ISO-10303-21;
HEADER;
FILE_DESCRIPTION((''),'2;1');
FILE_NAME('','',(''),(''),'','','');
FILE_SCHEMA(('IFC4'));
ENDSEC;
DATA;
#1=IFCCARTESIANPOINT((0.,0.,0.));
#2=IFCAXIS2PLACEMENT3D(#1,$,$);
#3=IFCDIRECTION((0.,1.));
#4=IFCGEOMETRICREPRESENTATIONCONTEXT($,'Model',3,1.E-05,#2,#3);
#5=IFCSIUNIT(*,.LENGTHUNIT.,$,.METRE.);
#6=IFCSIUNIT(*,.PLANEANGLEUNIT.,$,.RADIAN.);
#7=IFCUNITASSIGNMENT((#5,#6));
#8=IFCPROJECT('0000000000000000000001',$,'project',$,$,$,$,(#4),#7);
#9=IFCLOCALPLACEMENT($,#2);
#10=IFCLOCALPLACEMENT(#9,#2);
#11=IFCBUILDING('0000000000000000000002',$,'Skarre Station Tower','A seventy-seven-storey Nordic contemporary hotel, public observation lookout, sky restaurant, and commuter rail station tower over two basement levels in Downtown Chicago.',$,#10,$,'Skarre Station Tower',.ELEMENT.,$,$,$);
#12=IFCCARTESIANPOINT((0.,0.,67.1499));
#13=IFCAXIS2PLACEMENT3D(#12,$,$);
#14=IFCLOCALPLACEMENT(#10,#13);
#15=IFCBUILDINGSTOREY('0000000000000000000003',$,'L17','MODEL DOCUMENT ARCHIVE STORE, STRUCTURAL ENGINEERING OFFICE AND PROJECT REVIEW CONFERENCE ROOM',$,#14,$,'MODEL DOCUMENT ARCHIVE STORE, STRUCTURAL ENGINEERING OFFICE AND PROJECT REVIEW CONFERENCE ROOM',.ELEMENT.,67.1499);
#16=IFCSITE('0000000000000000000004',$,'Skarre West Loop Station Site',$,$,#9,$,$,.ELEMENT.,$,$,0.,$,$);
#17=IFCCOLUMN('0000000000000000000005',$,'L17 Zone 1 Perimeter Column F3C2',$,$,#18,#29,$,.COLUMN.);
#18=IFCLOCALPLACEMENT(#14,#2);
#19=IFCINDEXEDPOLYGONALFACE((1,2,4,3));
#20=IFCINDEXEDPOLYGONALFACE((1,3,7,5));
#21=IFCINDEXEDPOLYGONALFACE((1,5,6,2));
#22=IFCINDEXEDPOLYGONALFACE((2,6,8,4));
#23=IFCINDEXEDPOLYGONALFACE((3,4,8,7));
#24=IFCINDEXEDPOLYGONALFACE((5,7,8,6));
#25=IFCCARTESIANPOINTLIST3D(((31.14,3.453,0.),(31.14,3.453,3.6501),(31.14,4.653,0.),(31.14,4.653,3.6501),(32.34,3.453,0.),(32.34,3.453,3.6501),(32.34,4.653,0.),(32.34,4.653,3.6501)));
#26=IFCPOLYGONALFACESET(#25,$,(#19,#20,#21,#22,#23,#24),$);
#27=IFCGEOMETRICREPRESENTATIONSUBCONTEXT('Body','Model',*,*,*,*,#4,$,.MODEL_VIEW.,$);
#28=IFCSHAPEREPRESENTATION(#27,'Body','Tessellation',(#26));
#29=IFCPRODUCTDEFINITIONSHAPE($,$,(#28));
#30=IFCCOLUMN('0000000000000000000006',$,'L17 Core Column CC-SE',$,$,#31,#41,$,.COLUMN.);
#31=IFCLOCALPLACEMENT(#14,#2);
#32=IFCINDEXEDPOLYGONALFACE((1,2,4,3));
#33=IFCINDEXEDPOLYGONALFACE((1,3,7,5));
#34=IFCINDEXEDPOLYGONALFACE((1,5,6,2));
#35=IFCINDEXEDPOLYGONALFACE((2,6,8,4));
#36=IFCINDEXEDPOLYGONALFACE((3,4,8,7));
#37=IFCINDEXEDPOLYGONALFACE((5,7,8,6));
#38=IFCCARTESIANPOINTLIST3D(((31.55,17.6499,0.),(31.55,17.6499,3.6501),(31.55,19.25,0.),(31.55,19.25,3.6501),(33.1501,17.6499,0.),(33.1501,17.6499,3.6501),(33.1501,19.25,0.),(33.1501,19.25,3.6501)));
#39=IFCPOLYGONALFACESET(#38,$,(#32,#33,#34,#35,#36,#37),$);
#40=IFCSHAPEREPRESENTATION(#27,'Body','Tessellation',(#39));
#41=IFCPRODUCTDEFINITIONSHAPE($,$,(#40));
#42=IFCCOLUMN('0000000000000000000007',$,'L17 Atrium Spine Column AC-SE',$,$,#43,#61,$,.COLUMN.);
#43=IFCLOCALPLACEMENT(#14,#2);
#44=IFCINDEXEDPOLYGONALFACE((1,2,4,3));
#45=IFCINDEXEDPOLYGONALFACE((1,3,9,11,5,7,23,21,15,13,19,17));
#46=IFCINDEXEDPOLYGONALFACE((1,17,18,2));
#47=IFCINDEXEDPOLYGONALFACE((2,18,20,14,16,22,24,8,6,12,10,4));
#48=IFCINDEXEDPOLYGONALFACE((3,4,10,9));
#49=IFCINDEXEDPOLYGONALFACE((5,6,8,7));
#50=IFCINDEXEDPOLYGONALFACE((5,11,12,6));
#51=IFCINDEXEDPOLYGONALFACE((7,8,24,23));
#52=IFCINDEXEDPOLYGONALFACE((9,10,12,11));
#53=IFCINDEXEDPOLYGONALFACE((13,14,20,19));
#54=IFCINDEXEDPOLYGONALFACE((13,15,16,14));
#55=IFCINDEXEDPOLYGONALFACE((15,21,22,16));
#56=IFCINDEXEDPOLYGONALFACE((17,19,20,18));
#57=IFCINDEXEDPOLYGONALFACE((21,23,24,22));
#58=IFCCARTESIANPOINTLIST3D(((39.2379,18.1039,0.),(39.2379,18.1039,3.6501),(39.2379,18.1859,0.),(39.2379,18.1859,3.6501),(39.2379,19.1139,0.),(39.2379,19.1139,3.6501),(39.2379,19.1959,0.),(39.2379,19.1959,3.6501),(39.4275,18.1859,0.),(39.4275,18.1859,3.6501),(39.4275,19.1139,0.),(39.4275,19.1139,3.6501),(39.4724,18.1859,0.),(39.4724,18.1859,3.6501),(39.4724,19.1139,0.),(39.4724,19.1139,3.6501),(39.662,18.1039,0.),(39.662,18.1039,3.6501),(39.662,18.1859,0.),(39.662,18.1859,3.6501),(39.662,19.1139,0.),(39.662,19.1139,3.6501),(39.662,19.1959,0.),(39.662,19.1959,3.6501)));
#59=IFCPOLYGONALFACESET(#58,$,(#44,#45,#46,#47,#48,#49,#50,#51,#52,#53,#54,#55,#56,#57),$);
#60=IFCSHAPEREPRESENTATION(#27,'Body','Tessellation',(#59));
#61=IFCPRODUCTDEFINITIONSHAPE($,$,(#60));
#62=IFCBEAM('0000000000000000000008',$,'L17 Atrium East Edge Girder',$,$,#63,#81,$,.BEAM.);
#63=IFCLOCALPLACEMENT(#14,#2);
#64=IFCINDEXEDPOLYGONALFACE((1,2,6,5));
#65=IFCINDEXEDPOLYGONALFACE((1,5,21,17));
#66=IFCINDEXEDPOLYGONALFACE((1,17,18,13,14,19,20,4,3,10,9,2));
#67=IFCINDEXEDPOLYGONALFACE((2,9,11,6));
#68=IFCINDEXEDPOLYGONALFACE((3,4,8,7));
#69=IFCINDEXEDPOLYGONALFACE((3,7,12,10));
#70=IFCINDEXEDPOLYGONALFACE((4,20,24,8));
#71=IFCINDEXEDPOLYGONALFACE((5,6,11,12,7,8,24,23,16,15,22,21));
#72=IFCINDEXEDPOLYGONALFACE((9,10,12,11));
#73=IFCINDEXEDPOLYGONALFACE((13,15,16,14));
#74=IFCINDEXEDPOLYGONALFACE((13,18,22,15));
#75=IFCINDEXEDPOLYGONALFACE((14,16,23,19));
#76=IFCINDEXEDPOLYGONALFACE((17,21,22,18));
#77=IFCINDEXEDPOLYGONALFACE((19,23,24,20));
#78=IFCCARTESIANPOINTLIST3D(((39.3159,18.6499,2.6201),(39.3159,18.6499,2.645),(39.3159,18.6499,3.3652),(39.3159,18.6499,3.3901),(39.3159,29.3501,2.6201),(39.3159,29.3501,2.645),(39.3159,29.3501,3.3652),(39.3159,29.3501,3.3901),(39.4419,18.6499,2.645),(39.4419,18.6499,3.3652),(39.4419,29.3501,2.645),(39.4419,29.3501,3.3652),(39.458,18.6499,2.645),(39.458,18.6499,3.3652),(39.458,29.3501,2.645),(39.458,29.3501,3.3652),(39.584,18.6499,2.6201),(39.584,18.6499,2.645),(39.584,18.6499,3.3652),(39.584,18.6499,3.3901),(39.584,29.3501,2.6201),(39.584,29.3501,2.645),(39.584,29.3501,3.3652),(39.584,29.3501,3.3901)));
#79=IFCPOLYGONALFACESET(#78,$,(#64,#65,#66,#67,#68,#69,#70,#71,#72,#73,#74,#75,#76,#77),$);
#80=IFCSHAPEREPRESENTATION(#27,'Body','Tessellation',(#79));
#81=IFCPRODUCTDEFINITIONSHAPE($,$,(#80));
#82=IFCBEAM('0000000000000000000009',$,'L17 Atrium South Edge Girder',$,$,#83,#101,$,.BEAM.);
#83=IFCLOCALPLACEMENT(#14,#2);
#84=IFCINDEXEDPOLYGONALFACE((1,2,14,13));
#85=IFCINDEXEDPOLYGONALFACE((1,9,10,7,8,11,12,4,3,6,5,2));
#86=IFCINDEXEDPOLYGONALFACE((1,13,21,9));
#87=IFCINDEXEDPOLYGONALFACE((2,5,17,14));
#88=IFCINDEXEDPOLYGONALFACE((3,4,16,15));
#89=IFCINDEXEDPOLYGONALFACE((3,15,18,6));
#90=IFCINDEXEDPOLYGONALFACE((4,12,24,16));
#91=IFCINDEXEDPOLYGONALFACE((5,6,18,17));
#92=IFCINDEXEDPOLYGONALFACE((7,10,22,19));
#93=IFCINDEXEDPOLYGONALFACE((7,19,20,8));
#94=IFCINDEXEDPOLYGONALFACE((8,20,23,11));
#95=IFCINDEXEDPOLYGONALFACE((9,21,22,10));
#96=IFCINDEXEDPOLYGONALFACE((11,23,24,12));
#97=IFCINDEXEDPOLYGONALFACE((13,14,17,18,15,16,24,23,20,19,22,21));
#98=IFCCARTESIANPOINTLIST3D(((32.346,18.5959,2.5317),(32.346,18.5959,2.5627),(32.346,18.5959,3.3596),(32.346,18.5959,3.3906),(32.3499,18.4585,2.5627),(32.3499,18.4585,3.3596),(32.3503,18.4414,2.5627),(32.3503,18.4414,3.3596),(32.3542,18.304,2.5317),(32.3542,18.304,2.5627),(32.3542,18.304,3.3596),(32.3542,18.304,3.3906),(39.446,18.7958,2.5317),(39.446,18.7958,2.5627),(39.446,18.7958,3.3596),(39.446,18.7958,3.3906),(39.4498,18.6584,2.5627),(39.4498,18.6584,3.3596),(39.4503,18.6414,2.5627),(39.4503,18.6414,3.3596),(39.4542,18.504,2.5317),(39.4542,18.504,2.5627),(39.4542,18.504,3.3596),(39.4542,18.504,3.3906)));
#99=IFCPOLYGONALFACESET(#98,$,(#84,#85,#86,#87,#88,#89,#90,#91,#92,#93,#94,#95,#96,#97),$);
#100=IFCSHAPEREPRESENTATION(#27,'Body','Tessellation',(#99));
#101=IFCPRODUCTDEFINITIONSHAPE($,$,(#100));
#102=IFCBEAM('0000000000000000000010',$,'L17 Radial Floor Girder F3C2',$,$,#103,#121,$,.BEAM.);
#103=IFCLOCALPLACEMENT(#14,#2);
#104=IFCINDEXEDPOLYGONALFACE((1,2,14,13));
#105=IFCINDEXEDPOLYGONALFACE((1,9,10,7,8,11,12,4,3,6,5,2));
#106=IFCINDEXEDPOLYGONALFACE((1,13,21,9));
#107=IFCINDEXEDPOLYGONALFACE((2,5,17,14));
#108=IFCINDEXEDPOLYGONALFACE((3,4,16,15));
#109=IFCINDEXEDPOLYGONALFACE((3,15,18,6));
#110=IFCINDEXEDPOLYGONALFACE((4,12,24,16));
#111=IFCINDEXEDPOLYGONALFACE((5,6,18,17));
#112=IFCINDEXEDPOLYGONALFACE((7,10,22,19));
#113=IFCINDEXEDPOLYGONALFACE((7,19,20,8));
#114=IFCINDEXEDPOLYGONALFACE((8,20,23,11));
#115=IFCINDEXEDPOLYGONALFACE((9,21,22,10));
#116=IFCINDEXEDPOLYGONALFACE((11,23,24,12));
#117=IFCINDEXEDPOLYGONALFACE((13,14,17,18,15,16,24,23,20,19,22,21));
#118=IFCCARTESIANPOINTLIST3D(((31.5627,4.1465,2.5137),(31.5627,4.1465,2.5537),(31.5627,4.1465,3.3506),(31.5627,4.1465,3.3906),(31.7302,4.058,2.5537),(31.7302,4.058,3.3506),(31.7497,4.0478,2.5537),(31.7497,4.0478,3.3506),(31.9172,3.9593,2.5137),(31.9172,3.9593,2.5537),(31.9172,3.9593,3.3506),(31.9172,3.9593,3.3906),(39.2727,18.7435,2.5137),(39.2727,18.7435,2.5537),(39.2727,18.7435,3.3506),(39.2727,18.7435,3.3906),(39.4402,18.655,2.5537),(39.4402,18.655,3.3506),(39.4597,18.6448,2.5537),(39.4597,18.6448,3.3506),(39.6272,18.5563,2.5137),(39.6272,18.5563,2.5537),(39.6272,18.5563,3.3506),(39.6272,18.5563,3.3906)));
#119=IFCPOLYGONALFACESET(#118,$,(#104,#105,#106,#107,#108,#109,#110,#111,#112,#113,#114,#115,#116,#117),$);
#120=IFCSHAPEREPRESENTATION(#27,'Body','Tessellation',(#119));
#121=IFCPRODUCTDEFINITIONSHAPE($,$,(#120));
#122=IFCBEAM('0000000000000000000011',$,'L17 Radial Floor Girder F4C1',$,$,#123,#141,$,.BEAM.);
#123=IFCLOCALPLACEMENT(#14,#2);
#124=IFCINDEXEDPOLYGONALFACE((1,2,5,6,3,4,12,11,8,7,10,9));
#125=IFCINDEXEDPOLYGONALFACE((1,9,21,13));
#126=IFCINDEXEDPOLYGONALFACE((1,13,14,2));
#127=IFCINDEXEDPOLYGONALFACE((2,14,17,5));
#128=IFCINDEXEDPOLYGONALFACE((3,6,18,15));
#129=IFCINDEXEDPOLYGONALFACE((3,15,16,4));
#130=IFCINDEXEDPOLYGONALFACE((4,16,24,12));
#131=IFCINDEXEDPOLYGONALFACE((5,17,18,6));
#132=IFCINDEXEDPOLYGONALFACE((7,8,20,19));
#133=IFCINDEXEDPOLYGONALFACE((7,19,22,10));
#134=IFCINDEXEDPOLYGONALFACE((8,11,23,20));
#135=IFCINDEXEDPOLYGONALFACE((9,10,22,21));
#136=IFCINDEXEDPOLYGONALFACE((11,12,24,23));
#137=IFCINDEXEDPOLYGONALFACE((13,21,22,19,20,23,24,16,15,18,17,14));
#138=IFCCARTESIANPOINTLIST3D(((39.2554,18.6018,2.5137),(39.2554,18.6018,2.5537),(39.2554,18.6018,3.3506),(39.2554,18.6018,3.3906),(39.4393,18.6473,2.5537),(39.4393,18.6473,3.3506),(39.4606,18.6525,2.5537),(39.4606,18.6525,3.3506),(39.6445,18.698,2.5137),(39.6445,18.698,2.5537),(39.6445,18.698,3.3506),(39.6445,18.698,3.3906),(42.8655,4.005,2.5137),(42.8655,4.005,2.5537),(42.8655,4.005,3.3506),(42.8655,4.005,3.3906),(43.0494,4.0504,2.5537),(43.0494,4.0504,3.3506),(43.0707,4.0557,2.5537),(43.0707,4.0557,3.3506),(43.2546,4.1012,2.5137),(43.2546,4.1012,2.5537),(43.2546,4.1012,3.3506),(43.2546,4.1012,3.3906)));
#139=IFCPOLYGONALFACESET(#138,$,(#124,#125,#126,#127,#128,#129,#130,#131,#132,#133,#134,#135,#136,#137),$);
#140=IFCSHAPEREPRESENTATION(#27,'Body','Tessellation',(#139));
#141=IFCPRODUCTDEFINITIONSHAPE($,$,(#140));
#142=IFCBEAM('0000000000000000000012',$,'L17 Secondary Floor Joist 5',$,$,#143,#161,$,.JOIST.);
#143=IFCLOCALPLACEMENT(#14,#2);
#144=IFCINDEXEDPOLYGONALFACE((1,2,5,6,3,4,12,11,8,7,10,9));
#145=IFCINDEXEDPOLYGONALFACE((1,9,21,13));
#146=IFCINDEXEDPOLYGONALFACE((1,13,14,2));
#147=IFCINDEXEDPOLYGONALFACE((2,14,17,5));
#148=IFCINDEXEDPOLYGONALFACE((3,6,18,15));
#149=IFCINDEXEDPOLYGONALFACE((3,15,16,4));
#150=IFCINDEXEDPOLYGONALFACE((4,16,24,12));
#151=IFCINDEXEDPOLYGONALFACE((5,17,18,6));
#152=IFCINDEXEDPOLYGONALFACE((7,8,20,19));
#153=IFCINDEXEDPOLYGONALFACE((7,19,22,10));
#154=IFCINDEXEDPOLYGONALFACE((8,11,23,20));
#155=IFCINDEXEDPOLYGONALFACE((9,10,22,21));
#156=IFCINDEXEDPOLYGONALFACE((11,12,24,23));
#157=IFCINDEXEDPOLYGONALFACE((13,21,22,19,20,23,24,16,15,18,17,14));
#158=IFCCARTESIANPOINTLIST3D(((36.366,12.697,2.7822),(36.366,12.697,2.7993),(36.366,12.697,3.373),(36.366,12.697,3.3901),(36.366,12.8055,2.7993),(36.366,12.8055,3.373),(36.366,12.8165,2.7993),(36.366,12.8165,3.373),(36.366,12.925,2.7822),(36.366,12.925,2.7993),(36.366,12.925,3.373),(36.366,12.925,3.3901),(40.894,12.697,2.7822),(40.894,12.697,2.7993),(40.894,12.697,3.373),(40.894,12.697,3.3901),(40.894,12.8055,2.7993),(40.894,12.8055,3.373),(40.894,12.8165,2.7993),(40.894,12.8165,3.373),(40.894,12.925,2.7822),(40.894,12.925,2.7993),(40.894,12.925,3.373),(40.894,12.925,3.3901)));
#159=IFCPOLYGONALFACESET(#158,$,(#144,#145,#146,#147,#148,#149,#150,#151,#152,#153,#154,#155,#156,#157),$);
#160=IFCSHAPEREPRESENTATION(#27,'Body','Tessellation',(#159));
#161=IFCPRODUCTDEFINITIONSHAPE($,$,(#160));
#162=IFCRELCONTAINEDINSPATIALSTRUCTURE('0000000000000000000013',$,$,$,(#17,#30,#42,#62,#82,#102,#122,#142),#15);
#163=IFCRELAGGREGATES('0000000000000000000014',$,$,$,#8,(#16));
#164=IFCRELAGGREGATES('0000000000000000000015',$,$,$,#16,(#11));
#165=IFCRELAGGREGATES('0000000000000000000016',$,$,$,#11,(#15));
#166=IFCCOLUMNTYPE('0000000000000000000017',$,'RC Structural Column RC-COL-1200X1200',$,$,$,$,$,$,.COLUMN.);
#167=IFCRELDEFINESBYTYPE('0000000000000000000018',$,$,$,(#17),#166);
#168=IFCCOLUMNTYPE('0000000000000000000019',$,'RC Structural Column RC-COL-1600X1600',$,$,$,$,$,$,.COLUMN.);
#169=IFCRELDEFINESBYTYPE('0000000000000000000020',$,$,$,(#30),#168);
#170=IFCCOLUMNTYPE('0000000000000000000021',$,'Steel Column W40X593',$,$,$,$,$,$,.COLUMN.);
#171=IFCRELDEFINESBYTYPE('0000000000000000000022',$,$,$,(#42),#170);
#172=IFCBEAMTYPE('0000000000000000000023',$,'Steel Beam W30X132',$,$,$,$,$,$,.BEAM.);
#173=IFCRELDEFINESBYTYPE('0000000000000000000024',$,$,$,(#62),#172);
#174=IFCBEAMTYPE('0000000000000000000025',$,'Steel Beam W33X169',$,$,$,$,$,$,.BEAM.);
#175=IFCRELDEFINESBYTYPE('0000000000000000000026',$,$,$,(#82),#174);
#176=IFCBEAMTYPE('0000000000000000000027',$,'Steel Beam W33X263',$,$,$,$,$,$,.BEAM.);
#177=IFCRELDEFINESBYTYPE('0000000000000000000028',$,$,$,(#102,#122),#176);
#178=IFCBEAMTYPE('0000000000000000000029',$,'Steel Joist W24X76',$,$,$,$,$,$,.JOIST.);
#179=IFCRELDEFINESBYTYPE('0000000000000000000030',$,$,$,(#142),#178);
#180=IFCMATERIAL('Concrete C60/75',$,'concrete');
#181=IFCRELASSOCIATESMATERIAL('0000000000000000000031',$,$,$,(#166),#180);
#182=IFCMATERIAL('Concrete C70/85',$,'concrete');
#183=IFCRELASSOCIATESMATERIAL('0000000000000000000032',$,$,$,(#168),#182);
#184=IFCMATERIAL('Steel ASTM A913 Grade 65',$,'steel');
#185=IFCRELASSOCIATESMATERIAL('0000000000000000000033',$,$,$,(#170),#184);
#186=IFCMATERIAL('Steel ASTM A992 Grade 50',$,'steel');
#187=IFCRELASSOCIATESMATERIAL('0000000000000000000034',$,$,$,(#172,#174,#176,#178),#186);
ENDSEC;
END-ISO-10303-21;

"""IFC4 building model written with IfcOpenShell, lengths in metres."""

from ifc_helpers import new_model, si_unit, direction, frame, origin, origin_2d, place, context, subcontext, project, spatial, rectangle, i_section, extrude, material, material_profile, profile_set, type_object, element, save


model = new_model("IFC4")

# Units and contexts
model_context = context("Model", 3, precision=1e-05, world=origin(), true_north=direction((0.0, 1.0)))
body_context = subcontext(model_context, "Body", "Model", "MODEL_VIEW")
ifc_project = project(units=[si_unit("LENGTHUNIT", "METRE"), si_unit("PLANEANGLEUNIT", "RADIAN")], contexts=[model_context])

# Site, building, storey
site_placement = place(None, origin())
site = spatial("IfcSite", under=ifc_project, at=site_placement, Name="Skarre West Loop Station Site", CompositionType="ELEMENT", RefElevation=0.0)
building_placement = place(site_placement, origin())
building = spatial("IfcBuilding", under=site, at=building_placement, Name="Skarre Station Tower", Description="A seventy-seven-storey Nordic contemporary hotel, public observation lookout, sky restaurant, and commuter rail station tower over two basement levels in Downtown Chicago.", LongName="Skarre Station Tower", CompositionType="ELEMENT")
storey_placement = place(building_placement, frame((0.0, 0.0, 67.1499)))
storey = spatial("IfcBuildingStorey", under=building, at=storey_placement, Name="L17", Description="MODEL DOCUMENT ARCHIVE STORE, STRUCTURAL ENGINEERING OFFICE AND PROJECT REVIEW CONFERENCE ROOM", LongName="MODEL DOCUMENT ARCHIVE STORE, STRUCTURAL ENGINEERING OFFICE AND PROJECT REVIEW CONFERENCE ROOM", CompositionType="ELEMENT", Elevation=67.1499)

# Columns
ifc_material_1 = material(Name="Concrete C60/75", Category="concrete")
ifc_material_profile_1 = material_profile(ifc_material_1, rectangle(XDim=1.2, YDim=1.2, at=origin_2d()), Name="Concrete C60/75")
ifc_profile_set_1 = profile_set([ifc_material_profile_1], Name="Concrete C60/75")
column_type_1 = type_object("IfcColumnType", Name="RC Structural Column RC-COL-1200X1200", PredefinedType="COLUMN", material=ifc_profile_set_1)
column_1_placement = place(storey_placement, frame((31.74, 4.053, 0.0), z_axis=(0.0, 0.0, 1.0), x_axis=(1.0, 0.0, 0.0)))
element("IfcColumn", 1, at=column_1_placement, inside=storey, type_object=column_type_1, Name="L17 Zone 1 Perimeter Column F3C2", PredefinedType="COLUMN", context=body_context, shape_type="SweptSolid", body=[
    extrude(rectangle(XDim=1.2, YDim=1.2, at=origin_2d()), origin(), (0.0, 0.0, 1.0), 3.6501),
])
ifc_material_2 = material(Name="Concrete C70/85", Category="concrete")
ifc_material_profile_2 = material_profile(ifc_material_2, rectangle(XDim=1.6001, YDim=1.6001, at=origin_2d()), Name="Concrete C70/85")
ifc_profile_set_2 = profile_set([ifc_material_profile_2], Name="Concrete C70/85")
column_type_2 = type_object("IfcColumnType", Name="RC Structural Column RC-COL-1600X1600", PredefinedType="COLUMN", material=ifc_profile_set_2)
column_2_placement = place(storey_placement, frame((32.3501, 18.45, 0.0), z_axis=(0.0, 0.0, 1.0), x_axis=(1.0, 0.0, 0.0)))
element("IfcColumn", 2, at=column_2_placement, inside=storey, type_object=column_type_2, Name="L17 Core Column CC-SE", PredefinedType="COLUMN", context=body_context, shape_type="SweptSolid", body=[
    extrude(rectangle(XDim=1.6001, YDim=1.6001, at=origin_2d()), origin(), (0.0, 0.0, 1.0), 3.6501),
])
ifc_material_3 = material(Name="Steel ASTM A913 Grade 65", Category="steel")
ifc_material_profile_3 = material_profile(ifc_material_3, i_section(OverallWidth=0.4241, OverallDepth=1.092, WebThickness=0.0449, FlangeThickness=0.082, at=origin_2d()), Name="Steel ASTM A913 Grade 65")
ifc_profile_set_3 = profile_set([ifc_material_profile_3], Name="Steel ASTM A913 Grade 65")
column_type_3 = type_object("IfcColumnType", Name="Steel Column W40X593", PredefinedType="COLUMN", material=ifc_profile_set_3)
column_3_placement = place(storey_placement, frame((39.45, 18.6499, 0.0), z_axis=(0.0, 0.0, 1.0), x_axis=(1.0, 0.0, 0.0)))
element("IfcColumn", 3, at=column_3_placement, inside=storey, type_object=column_type_3, Name="L17 Atrium Spine Column AC-SE", PredefinedType="COLUMN", context=body_context, shape_type="SweptSolid", body=[
    extrude(i_section(OverallWidth=0.4241, OverallDepth=1.092, WebThickness=0.0449, FlangeThickness=0.082, at=origin_2d()), origin(), (0.0, 0.0, 1.0), 3.6501),
])

# Beams
ifc_material_4 = material(Name="Steel ASTM A992 Grade 50", Category="steel")
ifc_material_profile_4 = material_profile(ifc_material_4, i_section(OverallWidth=0.2681, OverallDepth=0.77, WebThickness=0.0161, FlangeThickness=0.0249, at=origin_2d()), Name="Steel ASTM A992 Grade 50")
ifc_profile_set_4 = profile_set([ifc_material_profile_4], Name="Steel ASTM A992 Grade 50")
beam_type_1 = type_object("IfcBeamType", Name="Steel Beam W30X132", PredefinedType="BEAM", material=ifc_profile_set_4)
beam_1_placement = place(storey_placement, frame((39.45, 18.6499, 3.0051), z_axis=(0.0, 1.0, 0.0), x_axis=(-1.0, 0.0, 0.0)))
element("IfcBeam", 4, at=beam_1_placement, inside=storey, type_object=beam_type_1, Name="L17 Atrium East Edge Girder", PredefinedType="BEAM", context=body_context, shape_type="SweptSolid", body=[
    extrude(i_section(OverallWidth=0.2681, OverallDepth=0.77, WebThickness=0.0161, FlangeThickness=0.0249, at=origin_2d()), origin(), (0.0, 0.0, 1.0), 10.7002),
])
ifc_material_profile_5 = material_profile(ifc_material_4, i_section(OverallWidth=0.292, OverallDepth=0.8589, WebThickness=0.0171, FlangeThickness=0.031, at=origin_2d()), Name="Steel ASTM A992 Grade 50")
ifc_profile_set_5 = profile_set([ifc_material_profile_5], Name="Steel ASTM A992 Grade 50")
beam_type_2 = type_object("IfcBeamType", Name="Steel Beam W33X169", PredefinedType="BEAM", material=ifc_profile_set_5)
beam_2_placement = place(storey_placement, frame((32.3501, 18.45, 2.9612), z_axis=(0.999604, 0.028152, 0.0), x_axis=(-0.028152, 0.999604, 0.0)))
element("IfcBeam", 5, at=beam_2_placement, inside=storey, type_object=beam_type_2, Name="L17 Atrium South Edge Girder", PredefinedType="BEAM", context=body_context, shape_type="SweptSolid", body=[
    extrude(i_section(OverallWidth=0.292, OverallDepth=0.8589, WebThickness=0.0171, FlangeThickness=0.031, at=origin_2d()), origin(), (0.0, 0.0, 1.0), 7.1028),
])
ifc_material_profile_6 = material_profile(ifc_material_4, i_section(OverallWidth=0.4009, OverallDepth=0.877, WebThickness=0.022, FlangeThickness=0.04, at=origin_2d()), Name="Steel ASTM A992 Grade 50")
ifc_profile_set_6 = profile_set([ifc_material_profile_6], Name="Steel ASTM A992 Grade 50")
beam_type_3 = type_object("IfcBeamType", Name="Steel Beam W33X263", PredefinedType="BEAM", material=ifc_profile_set_6)
beam_3_placement = place(storey_placement, frame((39.45, 18.6499, 2.9521), z_axis=(-0.467044, -0.884234, 0.0), x_axis=(0.884234, -0.467044, 0.0)))
element("IfcBeam", 6, at=beam_3_placement, inside=storey, type_object=beam_type_3, Name="L17 Radial Floor Girder F3C2", PredefinedType="BEAM", context=body_context, shape_type="SweptSolid", body=[
    extrude(i_section(OverallWidth=0.4009, OverallDepth=0.877, WebThickness=0.022, FlangeThickness=0.04, at=origin_2d()), origin(), (0.0, 0.0, 1.0), 16.5081),
])
beam_4_placement = place(storey_placement, frame((39.45, 18.6499, 2.9521), z_axis=(0.240086, -0.970752, 0.0), x_axis=(0.970752, 0.240086, 0.0)))
element("IfcBeam", 7, at=beam_4_placement, inside=storey, type_object=beam_type_3, Name="L17 Radial Floor Girder F4C1", PredefinedType="BEAM", context=body_context, shape_type="SweptSolid", body=[
    extrude(i_section(OverallWidth=0.4009, OverallDepth=0.877, WebThickness=0.022, FlangeThickness=0.04, at=origin_2d()), origin(), (0.0, 0.0, 1.0), 15.0366),
])
ifc_material_profile_7 = material_profile(ifc_material_4, i_section(OverallWidth=0.228, OverallDepth=0.6079, WebThickness=0.011, FlangeThickness=0.0171, at=origin_2d()), Name="Steel ASTM A992 Grade 50")
ifc_profile_set_7 = profile_set([ifc_material_profile_7], Name="Steel ASTM A992 Grade 50")
beam_type_4 = type_object("IfcBeamType", Name="Steel Joist W24X76", PredefinedType="JOIST", material=ifc_profile_set_7)
beam_5_placement = place(storey_placement, frame((36.366, 12.811, 3.0862), z_axis=(1.0, 0.0, 0.0), x_axis=(0.0, 1.0, 0.0)))
element("IfcBeam", 8, at=beam_5_placement, inside=storey, type_object=beam_type_4, Name="L17 Secondary Floor Joist 5", PredefinedType="JOIST", context=body_context, shape_type="SweptSolid", body=[
    extrude(i_section(OverallWidth=0.228, OverallDepth=0.6079, WebThickness=0.011, FlangeThickness=0.0171, at=origin_2d()), origin(), (0.0, 0.0, 1.0), 4.5281),
])

save(model, "model.ifc")
